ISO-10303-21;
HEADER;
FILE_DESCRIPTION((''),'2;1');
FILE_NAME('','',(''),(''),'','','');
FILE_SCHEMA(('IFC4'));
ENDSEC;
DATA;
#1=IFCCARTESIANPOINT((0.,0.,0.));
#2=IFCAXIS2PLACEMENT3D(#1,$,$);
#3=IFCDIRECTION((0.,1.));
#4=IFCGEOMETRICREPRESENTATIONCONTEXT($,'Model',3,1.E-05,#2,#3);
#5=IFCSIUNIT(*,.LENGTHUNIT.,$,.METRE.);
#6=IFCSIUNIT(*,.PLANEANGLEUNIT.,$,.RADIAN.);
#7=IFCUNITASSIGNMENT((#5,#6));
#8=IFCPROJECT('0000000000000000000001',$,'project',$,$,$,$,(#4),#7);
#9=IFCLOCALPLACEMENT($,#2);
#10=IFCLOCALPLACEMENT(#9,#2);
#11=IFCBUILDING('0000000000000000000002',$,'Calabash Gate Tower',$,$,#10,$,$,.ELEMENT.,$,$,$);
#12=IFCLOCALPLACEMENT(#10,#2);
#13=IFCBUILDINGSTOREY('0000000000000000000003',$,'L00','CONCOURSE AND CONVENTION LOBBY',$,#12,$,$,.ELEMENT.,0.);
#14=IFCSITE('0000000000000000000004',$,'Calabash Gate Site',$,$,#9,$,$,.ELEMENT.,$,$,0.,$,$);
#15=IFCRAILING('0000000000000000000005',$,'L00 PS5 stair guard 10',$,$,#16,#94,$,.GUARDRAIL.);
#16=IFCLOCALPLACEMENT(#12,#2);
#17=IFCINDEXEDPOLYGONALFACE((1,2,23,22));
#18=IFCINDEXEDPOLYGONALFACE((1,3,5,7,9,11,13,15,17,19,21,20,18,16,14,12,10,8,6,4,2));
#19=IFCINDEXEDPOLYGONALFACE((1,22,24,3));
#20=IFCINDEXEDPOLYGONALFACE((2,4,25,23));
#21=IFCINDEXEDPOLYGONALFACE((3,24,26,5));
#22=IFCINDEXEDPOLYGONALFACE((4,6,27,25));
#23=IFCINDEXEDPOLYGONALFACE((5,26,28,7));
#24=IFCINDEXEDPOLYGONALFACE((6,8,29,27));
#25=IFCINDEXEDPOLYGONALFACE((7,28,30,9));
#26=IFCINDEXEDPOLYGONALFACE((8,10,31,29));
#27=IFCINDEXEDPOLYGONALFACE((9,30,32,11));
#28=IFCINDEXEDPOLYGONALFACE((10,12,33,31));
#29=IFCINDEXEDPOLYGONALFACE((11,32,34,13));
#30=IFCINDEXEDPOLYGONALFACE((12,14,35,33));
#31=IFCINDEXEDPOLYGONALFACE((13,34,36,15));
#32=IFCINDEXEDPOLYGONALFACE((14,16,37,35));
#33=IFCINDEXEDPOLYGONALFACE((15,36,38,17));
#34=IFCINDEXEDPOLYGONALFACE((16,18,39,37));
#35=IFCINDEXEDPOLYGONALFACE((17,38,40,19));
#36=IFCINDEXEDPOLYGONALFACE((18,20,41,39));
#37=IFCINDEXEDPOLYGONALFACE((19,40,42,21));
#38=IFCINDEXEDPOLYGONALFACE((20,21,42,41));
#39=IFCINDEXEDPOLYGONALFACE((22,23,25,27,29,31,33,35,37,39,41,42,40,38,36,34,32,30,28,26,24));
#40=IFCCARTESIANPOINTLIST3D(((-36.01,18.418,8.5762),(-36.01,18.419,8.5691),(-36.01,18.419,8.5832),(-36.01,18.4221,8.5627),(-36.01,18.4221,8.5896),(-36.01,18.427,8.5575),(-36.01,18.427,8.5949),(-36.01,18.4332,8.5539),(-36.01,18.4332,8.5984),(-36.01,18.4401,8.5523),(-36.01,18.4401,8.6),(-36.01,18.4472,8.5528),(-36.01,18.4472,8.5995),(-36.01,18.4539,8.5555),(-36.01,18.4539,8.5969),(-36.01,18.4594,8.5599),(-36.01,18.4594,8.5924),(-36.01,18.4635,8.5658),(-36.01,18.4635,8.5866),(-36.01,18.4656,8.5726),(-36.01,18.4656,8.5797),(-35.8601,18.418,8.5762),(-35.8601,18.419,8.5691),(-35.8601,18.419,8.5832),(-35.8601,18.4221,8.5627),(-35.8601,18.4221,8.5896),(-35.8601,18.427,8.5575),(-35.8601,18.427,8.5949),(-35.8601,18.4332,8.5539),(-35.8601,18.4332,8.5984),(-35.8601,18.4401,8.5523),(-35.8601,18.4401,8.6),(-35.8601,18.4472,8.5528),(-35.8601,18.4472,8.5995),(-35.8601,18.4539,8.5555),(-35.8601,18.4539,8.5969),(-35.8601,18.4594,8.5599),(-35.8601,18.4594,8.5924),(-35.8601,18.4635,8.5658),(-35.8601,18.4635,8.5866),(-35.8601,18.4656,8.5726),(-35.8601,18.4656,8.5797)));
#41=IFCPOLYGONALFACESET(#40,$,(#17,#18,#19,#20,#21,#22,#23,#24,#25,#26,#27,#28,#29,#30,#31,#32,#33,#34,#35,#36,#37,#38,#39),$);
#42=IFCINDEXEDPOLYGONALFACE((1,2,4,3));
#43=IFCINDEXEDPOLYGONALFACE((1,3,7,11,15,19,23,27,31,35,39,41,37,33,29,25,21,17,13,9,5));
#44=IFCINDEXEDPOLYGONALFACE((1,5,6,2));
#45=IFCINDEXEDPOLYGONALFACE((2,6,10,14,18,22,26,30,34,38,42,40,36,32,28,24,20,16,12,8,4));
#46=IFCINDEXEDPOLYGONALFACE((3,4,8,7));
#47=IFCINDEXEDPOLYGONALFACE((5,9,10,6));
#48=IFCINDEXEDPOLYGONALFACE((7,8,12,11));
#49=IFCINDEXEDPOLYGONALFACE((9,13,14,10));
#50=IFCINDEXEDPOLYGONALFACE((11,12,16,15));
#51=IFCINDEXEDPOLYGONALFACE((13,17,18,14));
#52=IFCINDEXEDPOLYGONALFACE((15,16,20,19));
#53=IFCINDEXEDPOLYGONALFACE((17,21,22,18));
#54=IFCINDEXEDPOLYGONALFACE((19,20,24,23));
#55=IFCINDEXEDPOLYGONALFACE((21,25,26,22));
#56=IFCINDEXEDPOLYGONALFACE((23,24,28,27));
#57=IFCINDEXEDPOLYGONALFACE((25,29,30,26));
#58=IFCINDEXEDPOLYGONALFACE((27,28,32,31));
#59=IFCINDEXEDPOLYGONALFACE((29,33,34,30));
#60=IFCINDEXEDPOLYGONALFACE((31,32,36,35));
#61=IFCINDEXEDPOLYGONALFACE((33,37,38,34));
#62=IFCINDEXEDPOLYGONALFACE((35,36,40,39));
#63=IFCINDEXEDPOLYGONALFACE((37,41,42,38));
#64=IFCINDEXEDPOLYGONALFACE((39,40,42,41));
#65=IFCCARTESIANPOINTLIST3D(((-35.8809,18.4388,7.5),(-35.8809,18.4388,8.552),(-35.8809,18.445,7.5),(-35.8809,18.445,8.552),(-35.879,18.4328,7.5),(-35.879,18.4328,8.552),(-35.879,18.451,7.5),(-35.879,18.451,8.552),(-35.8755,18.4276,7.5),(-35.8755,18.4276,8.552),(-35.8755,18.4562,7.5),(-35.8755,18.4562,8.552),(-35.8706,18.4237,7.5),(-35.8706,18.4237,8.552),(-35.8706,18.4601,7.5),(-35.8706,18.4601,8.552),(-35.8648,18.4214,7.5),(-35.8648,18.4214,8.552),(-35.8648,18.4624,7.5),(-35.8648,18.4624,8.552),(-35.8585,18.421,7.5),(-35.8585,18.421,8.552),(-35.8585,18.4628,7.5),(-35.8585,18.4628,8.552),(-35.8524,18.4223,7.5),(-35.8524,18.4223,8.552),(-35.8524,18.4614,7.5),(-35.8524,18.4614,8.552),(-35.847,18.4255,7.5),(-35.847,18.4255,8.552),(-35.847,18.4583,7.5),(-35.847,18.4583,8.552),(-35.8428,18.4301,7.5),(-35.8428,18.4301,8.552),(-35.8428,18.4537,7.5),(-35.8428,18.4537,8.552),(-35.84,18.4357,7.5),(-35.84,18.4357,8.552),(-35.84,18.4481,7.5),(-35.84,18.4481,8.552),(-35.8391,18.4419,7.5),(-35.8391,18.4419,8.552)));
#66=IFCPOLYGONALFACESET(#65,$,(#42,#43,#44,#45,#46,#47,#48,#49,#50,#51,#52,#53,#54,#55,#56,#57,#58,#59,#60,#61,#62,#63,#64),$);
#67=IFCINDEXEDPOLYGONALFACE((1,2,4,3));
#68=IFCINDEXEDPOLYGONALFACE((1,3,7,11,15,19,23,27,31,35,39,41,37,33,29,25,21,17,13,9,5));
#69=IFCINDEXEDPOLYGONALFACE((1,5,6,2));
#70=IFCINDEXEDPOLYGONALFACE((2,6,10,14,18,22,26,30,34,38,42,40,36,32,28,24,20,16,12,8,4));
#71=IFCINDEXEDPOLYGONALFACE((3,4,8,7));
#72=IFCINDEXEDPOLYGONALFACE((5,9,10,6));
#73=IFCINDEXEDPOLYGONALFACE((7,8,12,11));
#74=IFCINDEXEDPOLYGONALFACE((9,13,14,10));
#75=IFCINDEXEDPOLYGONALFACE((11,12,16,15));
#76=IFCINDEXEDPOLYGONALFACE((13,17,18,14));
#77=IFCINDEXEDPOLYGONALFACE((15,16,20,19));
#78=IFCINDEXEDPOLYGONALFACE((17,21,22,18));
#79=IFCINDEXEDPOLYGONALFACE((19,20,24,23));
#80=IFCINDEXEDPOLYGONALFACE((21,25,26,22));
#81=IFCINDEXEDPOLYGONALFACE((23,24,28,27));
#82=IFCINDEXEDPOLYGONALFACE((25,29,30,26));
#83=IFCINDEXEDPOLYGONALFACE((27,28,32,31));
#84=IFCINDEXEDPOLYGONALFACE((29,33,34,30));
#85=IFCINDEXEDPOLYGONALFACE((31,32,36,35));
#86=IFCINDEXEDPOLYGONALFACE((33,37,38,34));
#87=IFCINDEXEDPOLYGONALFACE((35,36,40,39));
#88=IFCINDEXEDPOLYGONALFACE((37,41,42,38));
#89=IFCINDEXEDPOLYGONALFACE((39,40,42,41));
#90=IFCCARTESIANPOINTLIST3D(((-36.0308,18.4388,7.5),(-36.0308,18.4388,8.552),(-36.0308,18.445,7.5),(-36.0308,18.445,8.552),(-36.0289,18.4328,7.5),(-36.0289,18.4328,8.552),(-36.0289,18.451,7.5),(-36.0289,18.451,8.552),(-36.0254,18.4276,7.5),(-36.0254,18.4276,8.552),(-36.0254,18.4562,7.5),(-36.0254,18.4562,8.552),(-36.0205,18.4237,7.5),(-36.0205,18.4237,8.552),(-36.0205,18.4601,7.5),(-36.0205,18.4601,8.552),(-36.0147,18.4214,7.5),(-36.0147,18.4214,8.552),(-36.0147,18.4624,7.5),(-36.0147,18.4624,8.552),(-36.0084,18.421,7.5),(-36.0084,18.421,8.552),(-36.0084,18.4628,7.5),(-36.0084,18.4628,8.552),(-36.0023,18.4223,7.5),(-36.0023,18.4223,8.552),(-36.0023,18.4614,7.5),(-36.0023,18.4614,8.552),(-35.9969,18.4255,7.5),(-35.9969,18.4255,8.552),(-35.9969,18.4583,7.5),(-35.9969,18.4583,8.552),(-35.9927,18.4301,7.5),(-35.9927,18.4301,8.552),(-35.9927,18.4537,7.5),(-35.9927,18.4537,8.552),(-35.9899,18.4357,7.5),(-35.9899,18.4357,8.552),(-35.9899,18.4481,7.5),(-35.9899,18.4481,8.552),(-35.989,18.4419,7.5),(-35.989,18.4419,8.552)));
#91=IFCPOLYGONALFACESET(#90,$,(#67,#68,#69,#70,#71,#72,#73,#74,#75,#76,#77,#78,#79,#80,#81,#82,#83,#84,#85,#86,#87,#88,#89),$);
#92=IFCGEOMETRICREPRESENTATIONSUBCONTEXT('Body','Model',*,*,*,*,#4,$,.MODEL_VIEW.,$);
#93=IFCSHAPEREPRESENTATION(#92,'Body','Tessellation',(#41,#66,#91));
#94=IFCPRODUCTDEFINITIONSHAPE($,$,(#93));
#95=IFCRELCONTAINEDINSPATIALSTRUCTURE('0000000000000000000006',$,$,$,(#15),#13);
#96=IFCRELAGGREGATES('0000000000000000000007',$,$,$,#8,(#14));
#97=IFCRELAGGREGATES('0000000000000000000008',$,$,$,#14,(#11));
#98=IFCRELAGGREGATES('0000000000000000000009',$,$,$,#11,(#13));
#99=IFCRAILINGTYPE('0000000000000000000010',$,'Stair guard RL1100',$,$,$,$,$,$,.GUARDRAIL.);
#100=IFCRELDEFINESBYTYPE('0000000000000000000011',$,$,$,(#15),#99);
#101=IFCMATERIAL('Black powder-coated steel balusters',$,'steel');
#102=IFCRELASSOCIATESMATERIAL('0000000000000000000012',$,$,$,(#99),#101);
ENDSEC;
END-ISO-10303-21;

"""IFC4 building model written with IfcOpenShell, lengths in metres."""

from ifc_helpers import new_model, si_unit, direction, frame, origin, origin_2d, place, context, subcontext, project, spatial, circle, extrude, material, type_object, element, save


model = new_model("IFC4")

# Units and contexts
model_context = context("Model", 3, precision=1e-05, world=origin(), true_north=direction((0.0, 1.0)))
body_context = subcontext(model_context, "Body", "Model", "MODEL_VIEW")
ifc_project = project(units=[si_unit("LENGTHUNIT", "METRE"), si_unit("PLANEANGLEUNIT", "RADIAN")], contexts=[model_context])

# Site, building, storey
site_placement = place(None, origin())
site = spatial("IfcSite", under=ifc_project, at=site_placement, Name="Calabash Gate Site", CompositionType="ELEMENT", RefElevation=0.0)
building_placement = place(site_placement, origin())
building = spatial("IfcBuilding", under=site, at=building_placement, Name="Calabash Gate Tower", CompositionType="ELEMENT")
storey_placement = place(building_placement, origin())
storey = spatial("IfcBuildingStorey", under=building, at=storey_placement, Name="L00", Description="CONCOURSE AND CONVENTION LOBBY", CompositionType="ELEMENT", Elevation=0.0)

# Railing
ifc_material_1 = material(Name="Black powder-coated steel balusters", Category="steel")
railing_type_1 = type_object("IfcRailingType", Name="Stair guard RL1100", PredefinedType="GUARDRAIL", material=ifc_material_1)
railing_1_placement = place(storey_placement, frame((-35.8601, 18.4419, 7.5)))
element("IfcRailing", 1, at=railing_1_placement, inside=storey, type_object=railing_type_1, Name="L00 PS5 stair guard 10", PredefinedType="GUARDRAIL", context=body_context, shape_type="SweptSolid", body=[
    extrude(circle(Radius=0.0239, at=origin_2d()), frame((0.0, 0.0, 1.0762), z_axis=(-1.0, 0.0, 0.0), x_axis=(0.0, -1.0, 0.0)), (0.0, 0.0, 1.0), 0.1499),
    extrude(circle(Radius=0.021, at=origin_2d()), origin(), (0.0, 0.0, 1.0), 1.052),
    extrude(circle(Radius=0.021, at=origin_2d()), frame((-0.1499, 0.0, 0.0)), (0.0, 0.0, 1.0), 1.052),
])

save(model, "model.ifc")
